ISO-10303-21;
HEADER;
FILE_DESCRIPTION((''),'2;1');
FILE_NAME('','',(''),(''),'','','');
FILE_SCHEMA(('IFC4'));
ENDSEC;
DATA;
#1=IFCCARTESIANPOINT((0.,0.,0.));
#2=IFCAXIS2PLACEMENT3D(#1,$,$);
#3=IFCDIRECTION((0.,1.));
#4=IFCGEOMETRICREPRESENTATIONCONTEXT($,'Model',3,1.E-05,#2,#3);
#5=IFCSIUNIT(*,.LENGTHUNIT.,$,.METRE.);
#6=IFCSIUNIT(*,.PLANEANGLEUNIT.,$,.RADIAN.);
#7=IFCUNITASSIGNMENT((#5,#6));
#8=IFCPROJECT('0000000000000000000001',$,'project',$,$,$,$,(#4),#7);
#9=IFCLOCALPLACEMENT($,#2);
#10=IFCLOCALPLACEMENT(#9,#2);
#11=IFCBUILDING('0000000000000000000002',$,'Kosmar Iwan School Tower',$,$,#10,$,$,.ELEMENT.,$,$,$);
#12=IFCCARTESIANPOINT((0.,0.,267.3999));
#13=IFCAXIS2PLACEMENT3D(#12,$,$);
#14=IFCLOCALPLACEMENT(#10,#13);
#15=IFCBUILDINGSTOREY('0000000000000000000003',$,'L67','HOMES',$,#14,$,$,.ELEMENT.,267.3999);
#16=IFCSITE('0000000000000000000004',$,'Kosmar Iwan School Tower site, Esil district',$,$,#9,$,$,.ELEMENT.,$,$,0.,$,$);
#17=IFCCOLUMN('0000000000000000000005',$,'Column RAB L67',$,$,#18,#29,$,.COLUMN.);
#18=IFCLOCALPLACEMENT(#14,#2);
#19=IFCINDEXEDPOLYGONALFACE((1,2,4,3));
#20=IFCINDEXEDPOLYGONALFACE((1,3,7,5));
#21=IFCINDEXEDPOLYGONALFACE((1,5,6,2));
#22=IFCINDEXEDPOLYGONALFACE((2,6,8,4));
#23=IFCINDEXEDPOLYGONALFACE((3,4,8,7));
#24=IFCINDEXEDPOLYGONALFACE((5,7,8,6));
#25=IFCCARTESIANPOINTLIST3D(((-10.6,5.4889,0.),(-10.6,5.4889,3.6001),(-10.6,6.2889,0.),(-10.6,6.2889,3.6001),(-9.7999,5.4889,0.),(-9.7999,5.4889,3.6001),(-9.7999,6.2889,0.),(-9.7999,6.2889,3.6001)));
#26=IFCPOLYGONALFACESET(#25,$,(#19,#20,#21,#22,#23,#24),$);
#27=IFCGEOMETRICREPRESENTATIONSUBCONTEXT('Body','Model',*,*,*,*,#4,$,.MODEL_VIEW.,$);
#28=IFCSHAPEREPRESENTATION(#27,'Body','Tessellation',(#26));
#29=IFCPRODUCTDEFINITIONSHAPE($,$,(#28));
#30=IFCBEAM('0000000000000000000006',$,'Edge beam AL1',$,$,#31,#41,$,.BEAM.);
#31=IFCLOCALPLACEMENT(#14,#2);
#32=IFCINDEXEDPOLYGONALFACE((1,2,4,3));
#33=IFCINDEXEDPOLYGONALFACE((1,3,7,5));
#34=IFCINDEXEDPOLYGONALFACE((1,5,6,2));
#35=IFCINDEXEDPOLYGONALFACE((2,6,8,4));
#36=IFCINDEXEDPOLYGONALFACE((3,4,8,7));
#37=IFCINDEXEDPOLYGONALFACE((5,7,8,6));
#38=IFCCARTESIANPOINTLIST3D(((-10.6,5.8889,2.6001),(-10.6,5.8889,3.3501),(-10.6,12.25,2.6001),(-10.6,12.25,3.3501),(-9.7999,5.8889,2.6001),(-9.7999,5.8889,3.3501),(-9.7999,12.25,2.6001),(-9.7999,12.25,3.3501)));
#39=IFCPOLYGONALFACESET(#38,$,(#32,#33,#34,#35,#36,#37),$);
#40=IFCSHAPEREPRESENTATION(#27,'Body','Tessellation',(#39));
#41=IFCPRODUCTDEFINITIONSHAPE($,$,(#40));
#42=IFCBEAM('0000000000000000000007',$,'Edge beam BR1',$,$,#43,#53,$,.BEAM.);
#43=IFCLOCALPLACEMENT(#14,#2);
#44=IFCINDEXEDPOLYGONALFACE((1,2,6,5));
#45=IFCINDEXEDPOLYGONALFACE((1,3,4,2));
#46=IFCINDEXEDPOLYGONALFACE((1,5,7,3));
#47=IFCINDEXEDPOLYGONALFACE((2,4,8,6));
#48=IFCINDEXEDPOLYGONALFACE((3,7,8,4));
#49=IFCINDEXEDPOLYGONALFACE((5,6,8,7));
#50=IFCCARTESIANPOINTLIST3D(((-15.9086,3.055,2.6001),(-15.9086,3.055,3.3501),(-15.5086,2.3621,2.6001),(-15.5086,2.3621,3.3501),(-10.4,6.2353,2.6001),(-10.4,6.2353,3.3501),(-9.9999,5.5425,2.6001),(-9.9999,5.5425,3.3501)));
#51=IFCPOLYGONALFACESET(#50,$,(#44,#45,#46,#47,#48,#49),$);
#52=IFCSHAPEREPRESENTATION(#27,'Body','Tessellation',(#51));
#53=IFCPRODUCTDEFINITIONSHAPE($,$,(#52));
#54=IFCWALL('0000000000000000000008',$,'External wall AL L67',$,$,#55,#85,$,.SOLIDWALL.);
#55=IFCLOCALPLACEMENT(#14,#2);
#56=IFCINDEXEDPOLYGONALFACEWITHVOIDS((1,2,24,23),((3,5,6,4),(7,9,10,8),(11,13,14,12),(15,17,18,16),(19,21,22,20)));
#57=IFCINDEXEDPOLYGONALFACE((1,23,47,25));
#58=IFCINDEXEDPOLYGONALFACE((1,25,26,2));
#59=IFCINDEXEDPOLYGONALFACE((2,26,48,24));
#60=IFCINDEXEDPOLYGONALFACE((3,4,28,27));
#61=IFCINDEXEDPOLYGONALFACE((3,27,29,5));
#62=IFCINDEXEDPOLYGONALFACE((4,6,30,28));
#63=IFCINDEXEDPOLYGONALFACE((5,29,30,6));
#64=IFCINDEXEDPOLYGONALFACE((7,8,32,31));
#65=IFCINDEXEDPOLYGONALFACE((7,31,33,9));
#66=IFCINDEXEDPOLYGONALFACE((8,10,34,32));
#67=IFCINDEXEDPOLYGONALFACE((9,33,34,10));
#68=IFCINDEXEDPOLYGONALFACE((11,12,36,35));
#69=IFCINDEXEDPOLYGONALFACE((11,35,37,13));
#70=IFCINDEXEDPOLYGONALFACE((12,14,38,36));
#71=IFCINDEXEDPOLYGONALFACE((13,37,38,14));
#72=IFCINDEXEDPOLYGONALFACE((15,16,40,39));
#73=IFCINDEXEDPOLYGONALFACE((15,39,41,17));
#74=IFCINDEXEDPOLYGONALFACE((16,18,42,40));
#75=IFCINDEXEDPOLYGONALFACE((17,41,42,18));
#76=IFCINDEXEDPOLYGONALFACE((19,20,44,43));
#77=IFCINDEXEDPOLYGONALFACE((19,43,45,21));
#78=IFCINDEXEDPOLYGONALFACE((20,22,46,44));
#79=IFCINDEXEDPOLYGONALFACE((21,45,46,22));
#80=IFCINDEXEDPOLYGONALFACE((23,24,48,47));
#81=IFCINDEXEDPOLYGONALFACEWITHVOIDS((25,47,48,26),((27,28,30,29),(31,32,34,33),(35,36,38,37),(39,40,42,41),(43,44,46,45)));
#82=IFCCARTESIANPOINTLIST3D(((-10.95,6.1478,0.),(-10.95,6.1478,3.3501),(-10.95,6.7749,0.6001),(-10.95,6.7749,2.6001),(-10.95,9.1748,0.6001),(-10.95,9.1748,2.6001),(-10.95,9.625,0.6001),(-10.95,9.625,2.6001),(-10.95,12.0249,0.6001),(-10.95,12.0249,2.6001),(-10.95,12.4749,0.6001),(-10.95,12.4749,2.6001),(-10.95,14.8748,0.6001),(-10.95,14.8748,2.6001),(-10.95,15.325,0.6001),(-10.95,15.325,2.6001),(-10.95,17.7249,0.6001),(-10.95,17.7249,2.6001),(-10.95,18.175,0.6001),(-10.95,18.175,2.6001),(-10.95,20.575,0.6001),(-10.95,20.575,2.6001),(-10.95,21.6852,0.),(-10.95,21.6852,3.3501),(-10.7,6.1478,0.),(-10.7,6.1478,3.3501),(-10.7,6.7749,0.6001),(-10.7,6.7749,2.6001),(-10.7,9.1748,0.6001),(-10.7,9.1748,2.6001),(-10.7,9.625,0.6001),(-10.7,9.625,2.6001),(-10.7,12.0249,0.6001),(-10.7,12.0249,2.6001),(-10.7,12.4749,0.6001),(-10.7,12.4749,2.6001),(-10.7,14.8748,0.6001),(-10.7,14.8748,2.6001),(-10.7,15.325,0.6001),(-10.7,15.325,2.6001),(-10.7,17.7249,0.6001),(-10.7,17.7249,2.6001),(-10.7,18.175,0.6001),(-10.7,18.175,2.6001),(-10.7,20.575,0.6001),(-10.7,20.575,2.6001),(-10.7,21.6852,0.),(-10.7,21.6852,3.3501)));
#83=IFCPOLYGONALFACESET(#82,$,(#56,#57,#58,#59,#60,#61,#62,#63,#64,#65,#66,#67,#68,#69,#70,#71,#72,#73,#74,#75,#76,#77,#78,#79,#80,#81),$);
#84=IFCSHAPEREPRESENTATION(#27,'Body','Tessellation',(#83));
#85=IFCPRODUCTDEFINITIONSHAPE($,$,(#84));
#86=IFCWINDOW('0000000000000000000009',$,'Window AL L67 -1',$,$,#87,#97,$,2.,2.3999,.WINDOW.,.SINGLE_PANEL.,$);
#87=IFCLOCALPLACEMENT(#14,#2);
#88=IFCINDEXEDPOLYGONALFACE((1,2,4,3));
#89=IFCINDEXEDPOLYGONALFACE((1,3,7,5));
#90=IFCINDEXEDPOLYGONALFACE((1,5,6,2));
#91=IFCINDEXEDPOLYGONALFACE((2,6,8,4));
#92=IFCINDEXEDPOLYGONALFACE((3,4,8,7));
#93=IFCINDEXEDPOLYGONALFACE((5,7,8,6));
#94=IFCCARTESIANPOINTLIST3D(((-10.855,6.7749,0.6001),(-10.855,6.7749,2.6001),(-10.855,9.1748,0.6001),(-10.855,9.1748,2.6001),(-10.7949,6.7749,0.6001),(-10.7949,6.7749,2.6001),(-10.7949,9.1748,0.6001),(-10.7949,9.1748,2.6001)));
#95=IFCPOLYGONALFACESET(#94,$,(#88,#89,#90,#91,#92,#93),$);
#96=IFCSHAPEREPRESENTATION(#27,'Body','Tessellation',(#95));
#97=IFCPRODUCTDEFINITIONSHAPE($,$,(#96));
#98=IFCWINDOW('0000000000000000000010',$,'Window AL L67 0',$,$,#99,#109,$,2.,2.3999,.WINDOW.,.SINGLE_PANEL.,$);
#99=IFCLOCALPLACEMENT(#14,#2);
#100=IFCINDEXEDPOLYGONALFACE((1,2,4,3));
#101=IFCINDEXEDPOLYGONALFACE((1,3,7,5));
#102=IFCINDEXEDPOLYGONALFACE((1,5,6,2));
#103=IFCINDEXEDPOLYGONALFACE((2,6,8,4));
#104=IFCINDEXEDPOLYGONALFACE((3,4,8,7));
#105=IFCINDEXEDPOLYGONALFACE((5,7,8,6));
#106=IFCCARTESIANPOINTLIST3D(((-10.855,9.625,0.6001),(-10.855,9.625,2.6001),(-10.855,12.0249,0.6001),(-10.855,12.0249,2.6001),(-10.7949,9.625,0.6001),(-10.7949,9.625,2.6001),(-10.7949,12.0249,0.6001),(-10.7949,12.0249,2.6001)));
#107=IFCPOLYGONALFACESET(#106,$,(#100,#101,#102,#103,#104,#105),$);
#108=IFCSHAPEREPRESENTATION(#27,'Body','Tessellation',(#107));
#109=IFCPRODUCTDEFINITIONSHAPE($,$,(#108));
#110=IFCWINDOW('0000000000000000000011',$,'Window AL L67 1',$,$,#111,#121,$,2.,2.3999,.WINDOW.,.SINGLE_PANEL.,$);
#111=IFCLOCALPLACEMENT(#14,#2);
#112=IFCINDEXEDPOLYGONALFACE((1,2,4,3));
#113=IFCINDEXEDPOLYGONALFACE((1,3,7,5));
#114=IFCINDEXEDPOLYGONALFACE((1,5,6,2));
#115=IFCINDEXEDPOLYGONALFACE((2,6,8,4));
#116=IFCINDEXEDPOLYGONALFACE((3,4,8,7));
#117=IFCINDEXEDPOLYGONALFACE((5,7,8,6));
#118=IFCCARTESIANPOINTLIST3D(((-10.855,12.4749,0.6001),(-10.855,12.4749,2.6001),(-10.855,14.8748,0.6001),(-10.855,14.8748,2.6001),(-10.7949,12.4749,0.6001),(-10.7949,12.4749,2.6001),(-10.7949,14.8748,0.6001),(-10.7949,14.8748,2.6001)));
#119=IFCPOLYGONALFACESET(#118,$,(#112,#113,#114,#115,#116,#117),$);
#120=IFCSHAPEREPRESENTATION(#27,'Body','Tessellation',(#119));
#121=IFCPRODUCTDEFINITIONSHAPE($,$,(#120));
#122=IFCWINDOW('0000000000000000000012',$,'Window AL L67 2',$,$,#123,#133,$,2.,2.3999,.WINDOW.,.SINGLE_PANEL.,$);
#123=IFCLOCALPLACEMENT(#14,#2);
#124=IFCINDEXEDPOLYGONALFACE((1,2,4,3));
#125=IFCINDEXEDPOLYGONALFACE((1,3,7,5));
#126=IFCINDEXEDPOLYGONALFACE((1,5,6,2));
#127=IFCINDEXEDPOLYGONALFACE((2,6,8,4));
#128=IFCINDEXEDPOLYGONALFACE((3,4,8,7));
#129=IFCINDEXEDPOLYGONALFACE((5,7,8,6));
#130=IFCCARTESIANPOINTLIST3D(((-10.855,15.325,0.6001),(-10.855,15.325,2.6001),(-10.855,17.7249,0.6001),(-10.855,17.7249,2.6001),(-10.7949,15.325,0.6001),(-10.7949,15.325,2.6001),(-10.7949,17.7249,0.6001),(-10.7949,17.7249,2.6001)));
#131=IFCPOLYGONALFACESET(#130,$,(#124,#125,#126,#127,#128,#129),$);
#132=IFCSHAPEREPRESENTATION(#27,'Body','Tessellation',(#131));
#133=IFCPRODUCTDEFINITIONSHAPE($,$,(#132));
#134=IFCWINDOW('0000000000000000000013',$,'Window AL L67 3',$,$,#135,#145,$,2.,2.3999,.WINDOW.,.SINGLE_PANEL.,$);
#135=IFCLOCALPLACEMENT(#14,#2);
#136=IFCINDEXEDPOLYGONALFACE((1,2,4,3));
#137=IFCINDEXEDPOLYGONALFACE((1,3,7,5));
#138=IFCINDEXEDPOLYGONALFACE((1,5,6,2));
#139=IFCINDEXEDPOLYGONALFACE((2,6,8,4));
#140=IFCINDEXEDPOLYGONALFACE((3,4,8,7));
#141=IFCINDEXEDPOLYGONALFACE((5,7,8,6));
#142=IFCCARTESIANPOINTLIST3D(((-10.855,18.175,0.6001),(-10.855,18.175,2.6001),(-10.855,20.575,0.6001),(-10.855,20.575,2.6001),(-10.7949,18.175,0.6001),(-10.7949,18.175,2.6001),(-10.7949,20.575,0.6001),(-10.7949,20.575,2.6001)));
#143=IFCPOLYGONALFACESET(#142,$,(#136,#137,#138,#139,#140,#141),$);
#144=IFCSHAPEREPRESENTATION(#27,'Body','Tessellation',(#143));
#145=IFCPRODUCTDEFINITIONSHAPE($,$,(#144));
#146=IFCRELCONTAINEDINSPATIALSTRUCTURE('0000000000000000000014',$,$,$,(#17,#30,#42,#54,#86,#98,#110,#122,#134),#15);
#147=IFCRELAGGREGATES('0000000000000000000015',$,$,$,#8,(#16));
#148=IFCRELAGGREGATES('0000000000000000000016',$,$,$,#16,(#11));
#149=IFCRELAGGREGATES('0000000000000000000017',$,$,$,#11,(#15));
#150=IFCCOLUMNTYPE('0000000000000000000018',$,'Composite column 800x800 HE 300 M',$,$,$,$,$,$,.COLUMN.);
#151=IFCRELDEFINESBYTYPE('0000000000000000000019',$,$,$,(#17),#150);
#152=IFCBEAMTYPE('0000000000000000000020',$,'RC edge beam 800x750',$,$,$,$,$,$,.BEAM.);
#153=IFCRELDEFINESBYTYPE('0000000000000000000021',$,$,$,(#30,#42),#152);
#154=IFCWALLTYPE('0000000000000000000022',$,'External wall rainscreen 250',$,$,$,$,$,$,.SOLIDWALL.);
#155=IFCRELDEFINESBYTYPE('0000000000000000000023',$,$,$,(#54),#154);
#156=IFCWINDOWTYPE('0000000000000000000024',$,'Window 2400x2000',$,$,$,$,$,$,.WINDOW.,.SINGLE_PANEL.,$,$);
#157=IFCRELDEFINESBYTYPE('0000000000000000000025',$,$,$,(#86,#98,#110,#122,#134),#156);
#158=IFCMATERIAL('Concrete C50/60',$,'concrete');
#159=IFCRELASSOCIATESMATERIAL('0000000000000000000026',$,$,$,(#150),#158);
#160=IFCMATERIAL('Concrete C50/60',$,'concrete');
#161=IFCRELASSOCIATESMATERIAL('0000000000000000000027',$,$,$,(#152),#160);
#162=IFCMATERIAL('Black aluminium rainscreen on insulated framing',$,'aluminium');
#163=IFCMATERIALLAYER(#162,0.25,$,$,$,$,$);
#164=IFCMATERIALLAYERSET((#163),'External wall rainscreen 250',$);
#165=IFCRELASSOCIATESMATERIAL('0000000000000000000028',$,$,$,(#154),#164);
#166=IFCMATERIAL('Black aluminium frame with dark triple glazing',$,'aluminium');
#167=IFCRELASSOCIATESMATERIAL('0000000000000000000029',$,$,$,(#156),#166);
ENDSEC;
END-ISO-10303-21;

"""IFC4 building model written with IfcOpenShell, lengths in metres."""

from ifc_helpers import new_model, si_unit, direction, frame, frame_2d, origin, origin_2d, place, context, subcontext, project, spatial, rectangle, extrude, material, layer, layer_set, material_profile, profile_set, type_object, element, fill, save


model = new_model("IFC4")

# Units and contexts
model_context = context("Model", 3, precision=1e-05, world=origin(), true_north=direction((0.0, 1.0)))
body_context = subcontext(model_context, "Body", "Model", "MODEL_VIEW")
ifc_project = project(units=[si_unit("LENGTHUNIT", "METRE"), si_unit("PLANEANGLEUNIT", "RADIAN")], contexts=[model_context])

# Site, building, storey
site_placement = place(None, origin())
site = spatial("IfcSite", under=ifc_project, at=site_placement, Name="Kosmar Iwan School Tower site, Esil district", CompositionType="ELEMENT", RefElevation=0.0)
building_placement = place(site_placement, origin())
building = spatial("IfcBuilding", under=site, at=building_placement, Name="Kosmar Iwan School Tower", CompositionType="ELEMENT")
storey_placement = place(building_placement, frame((0.0, 0.0, 267.3999)))
storey = spatial("IfcBuildingStorey", under=building, at=storey_placement, Name="L67", Description="HOMES", CompositionType="ELEMENT", Elevation=267.3999)

# Column
ifc_material_1 = material(Name="Concrete C50/60", Category="concrete")
ifc_material_profile_1 = material_profile(ifc_material_1, rectangle(XDim=0.8, YDim=0.8, at=origin_2d()), Name="RC 800x800 + HE 300 M")
ifc_profile_set_1 = profile_set([ifc_material_profile_1], Name="Concrete C50/60")
column_type = type_object("IfcColumnType", Name="Composite column 800x800 HE 300 M", PredefinedType="COLUMN", material=ifc_profile_set_1)
column_placement = place(storey_placement, frame((-10.2, 5.8889, 0.0), z_axis=(0.0, 0.0, 1.0), x_axis=(1.0, 0.0, 0.0)))
element("IfcColumn", 1, at=column_placement, inside=storey, type_object=column_type, Name="Column RAB L67", PredefinedType="COLUMN", context=body_context, shape_type="SweptSolid", body=[
    extrude(rectangle(XDim=0.8, YDim=0.8, at=origin_2d()), origin(), (0.0, 0.0, 1.0), 3.6001),
])

# Beams
ifc_material_2 = material(Name="Concrete C50/60", Category="concrete")
ifc_material_profile_2 = material_profile(ifc_material_2, rectangle(XDim=0.8, YDim=0.75, at=origin_2d()), Name="RC 800x750")
ifc_profile_set_2 = profile_set([ifc_material_profile_2], Name="Concrete C50/60")
beam_type = type_object("IfcBeamType", Name="RC edge beam 800x750", PredefinedType="BEAM", material=ifc_profile_set_2)
beam_1_placement = place(storey_placement, frame((-10.2, 5.8889, 2.9751), z_axis=(0.0, 1.0, 0.0), x_axis=(-1.0, 0.0, 0.0)))
element("IfcBeam", 2, at=beam_1_placement, inside=storey, type_object=beam_type, Name="Edge beam AL1", PredefinedType="BEAM", context=body_context, shape_type="SweptSolid", body=[
    extrude(rectangle(XDim=0.8, YDim=0.75, at=origin_2d()), origin(), (0.0, 0.0, 1.0), 6.3611),
])
beam_2_placement = place(storey_placement, frame((-10.2, 5.8889, 2.9751), z_axis=(-0.866031, -0.49999, 0.0), x_axis=(0.49999, -0.866031, 0.0)))
element("IfcBeam", 3, at=beam_2_placement, inside=storey, type_object=beam_type, Name="Edge beam BR1", PredefinedType="BEAM", context=body_context, shape_type="SweptSolid", body=[
    extrude(rectangle(XDim=0.8, YDim=0.75, at=origin_2d()), origin(), (0.0, 0.0, 1.0), 6.3608),
])

# Wall, openings, windows
ifc_material_3 = material(Name="Black aluminium rainscreen on insulated framing", Category="aluminium")
ifc_layer = layer(ifc_material_3, 0.25)
ifc_layer_set = layer_set([ifc_layer], Name="External wall rainscreen 250")
wall_type = type_object("IfcWallType", Name="External wall rainscreen 250", PredefinedType="SOLIDWALL", material=ifc_layer_set)
wall_1_placement = place(storey_placement, frame((-10.825, 6.1479, 0.0), z_axis=(0.0, 0.0, 1.0), x_axis=(0.0, 1.0, 0.0)))
wall_1 = element("IfcWall", 4, at=wall_1_placement, inside=storey, type_object=wall_type, Name="External wall AL L67", PredefinedType="SOLIDWALL", context=body_context, shape_type="SweptSolid", body=[
    extrude(rectangle(XDim=15.5374, YDim=0.25, at=frame_2d((7.7686, 0.0))), origin(), (0.0, 0.0, 1.0), 3.3501),
])
opening_1_placement = place(wall_1_placement, frame((0.627, 0.0, 0.6001)))
opening_1 = element("IfcOpeningElement", 5, at=opening_1_placement, cuts=wall_1, PredefinedType="OPENING", context=body_context, shape_type="SweptSolid", body=[
    extrude(rectangle(XDim=2.3999, YDim=2.0, at=frame_2d((1.2, 1.0))), frame((0.0, 0.137, 0.0), z_axis=(0.0, -1.0, 0.0), x_axis=(1.0, 0.0, 0.0)), (0.0, 0.0, 1.0), 0.2739),
])
opening_2_placement = place(wall_1_placement, frame((3.4771, 0.0, 0.6001)))
opening_2 = element("IfcOpeningElement", 6, at=opening_2_placement, cuts=wall_1, PredefinedType="OPENING", context=body_context, shape_type="SweptSolid", body=[
    extrude(rectangle(XDim=2.3999, YDim=2.0, at=frame_2d((1.2, 1.0))), frame((0.0, 0.137, 0.0), z_axis=(0.0, -1.0, 0.0), x_axis=(1.0, 0.0, 0.0)), (0.0, 0.0, 1.0), 0.2739),
])
opening_3_placement = place(wall_1_placement, frame((6.3269, 0.0, 0.6001)))
opening_3 = element("IfcOpeningElement", 7, at=opening_3_placement, cuts=wall_1, PredefinedType="OPENING", context=body_context, shape_type="SweptSolid", body=[
    extrude(rectangle(XDim=2.3999, YDim=2.0, at=frame_2d((1.2, 1.0))), frame((0.0, 0.137, 0.0), z_axis=(0.0, -1.0, 0.0), x_axis=(1.0, 0.0, 0.0)), (0.0, 0.0, 1.0), 0.2739),
])
opening_4_placement = place(wall_1_placement, frame((9.177, 0.0, 0.6001)))
opening_4 = element("IfcOpeningElement", 8, at=opening_4_placement, cuts=wall_1, PredefinedType="OPENING", context=body_context, shape_type="SweptSolid", body=[
    extrude(rectangle(XDim=2.3999, YDim=2.0, at=frame_2d((1.2, 1.0))), frame((0.0, 0.137, 0.0), z_axis=(0.0, -1.0, 0.0), x_axis=(1.0, 0.0, 0.0)), (0.0, 0.0, 1.0), 0.2739),
])
opening_5_placement = place(wall_1_placement, frame((12.0271, 0.0, 0.6001)))
opening_5 = element("IfcOpeningElement", 9, at=opening_5_placement, cuts=wall_1, PredefinedType="OPENING", context=body_context, shape_type="SweptSolid", body=[
    extrude(rectangle(XDim=2.3999, YDim=2.0, at=frame_2d((1.2, 1.0))), frame((0.0, 0.137, 0.0), z_axis=(0.0, -1.0, 0.0), x_axis=(1.0, 0.0, 0.0)), (0.0, 0.0, 1.0), 0.2739),
])
ifc_material_4 = material(Name="Black aluminium frame with dark triple glazing", Category="aluminium")
window_type = type_object("IfcWindowType", Name="Window 2400x2000", PartitioningType="SINGLE_PANEL", PredefinedType="WINDOW", material=ifc_material_4)
window_1_placement = place(opening_1_placement, origin())
window_1 = element("IfcWindow", 10, at=window_1_placement, inside=storey, type_object=window_type, Name="Window AL L67 -1", OverallHeight=2.0, OverallWidth=2.3999, PartitioningType="SINGLE_PANEL", PredefinedType="WINDOW", context=body_context, shape_type="SweptSolid", body=[
    extrude(rectangle(XDim=2.3999, YDim=2.0, at=frame_2d((1.2, 1.0))), frame((0.0, 0.03, 0.0), z_axis=(0.0, -1.0, 0.0), x_axis=(1.0, 0.0, 0.0)), (0.0, 0.0, 1.0), 0.0601),
])
fill(opening_1, window_1)
window_2_placement = place(opening_2_placement, origin())
window_2 = element("IfcWindow", 11, at=window_2_placement, inside=storey, type_object=window_type, Name="Window AL L67 0", OverallHeight=2.0, OverallWidth=2.3999, PartitioningType="SINGLE_PANEL", PredefinedType="WINDOW", context=body_context, shape_type="SweptSolid", body=[
    extrude(rectangle(XDim=2.3999, YDim=2.0, at=frame_2d((1.2, 1.0))), frame((0.0, 0.03, 0.0), z_axis=(0.0, -1.0, 0.0), x_axis=(1.0, 0.0, 0.0)), (0.0, 0.0, 1.0), 0.0601),
])
fill(opening_2, window_2)
window_3_placement = place(opening_3_placement, origin())
window_3 = element("IfcWindow", 12, at=window_3_placement, inside=storey, type_object=window_type, Name="Window AL L67 1", OverallHeight=2.0, OverallWidth=2.3999, PartitioningType="SINGLE_PANEL", PredefinedType="WINDOW", context=body_context, shape_type="SweptSolid", body=[
    extrude(rectangle(XDim=2.3999, YDim=2.0, at=frame_2d((1.2, 1.0))), frame((0.0, 0.03, 0.0), z_axis=(0.0, -1.0, 0.0), x_axis=(1.0, 0.0, 0.0)), (0.0, 0.0, 1.0), 0.0601),
])
fill(opening_3, window_3)
window_4_placement = place(opening_4_placement, origin())
window_4 = element("IfcWindow", 13, at=window_4_placement, inside=storey, type_object=window_type, Name="Window AL L67 2", OverallHeight=2.0, OverallWidth=2.3999, PartitioningType="SINGLE_PANEL", PredefinedType="WINDOW", context=body_context, shape_type="SweptSolid", body=[
    extrude(rectangle(XDim=2.3999, YDim=2.0, at=frame_2d((1.2, 1.0))), frame((0.0, 0.03, 0.0), z_axis=(0.0, -1.0, 0.0), x_axis=(1.0, 0.0, 0.0)), (0.0, 0.0, 1.0), 0.0601),
])
fill(opening_4, window_4)
window_5_placement = place(opening_5_placement, origin())
window_5 = element("IfcWindow", 14, at=window_5_placement, inside=storey, type_object=window_type, Name="Window AL L67 3", OverallHeight=2.0, OverallWidth=2.3999, PartitioningType="SINGLE_PANEL", PredefinedType="WINDOW", context=body_context, shape_type="SweptSolid", body=[
    extrude(rectangle(XDim=2.3999, YDim=2.0, at=frame_2d((1.2, 1.0))), frame((0.0, 0.03, 0.0), z_axis=(0.0, -1.0, 0.0), x_axis=(1.0, 0.0, 0.0)), (0.0, 0.0, 1.0), 0.0601),
])
fill(opening_5, window_5)

save(model, "model.ifc")
